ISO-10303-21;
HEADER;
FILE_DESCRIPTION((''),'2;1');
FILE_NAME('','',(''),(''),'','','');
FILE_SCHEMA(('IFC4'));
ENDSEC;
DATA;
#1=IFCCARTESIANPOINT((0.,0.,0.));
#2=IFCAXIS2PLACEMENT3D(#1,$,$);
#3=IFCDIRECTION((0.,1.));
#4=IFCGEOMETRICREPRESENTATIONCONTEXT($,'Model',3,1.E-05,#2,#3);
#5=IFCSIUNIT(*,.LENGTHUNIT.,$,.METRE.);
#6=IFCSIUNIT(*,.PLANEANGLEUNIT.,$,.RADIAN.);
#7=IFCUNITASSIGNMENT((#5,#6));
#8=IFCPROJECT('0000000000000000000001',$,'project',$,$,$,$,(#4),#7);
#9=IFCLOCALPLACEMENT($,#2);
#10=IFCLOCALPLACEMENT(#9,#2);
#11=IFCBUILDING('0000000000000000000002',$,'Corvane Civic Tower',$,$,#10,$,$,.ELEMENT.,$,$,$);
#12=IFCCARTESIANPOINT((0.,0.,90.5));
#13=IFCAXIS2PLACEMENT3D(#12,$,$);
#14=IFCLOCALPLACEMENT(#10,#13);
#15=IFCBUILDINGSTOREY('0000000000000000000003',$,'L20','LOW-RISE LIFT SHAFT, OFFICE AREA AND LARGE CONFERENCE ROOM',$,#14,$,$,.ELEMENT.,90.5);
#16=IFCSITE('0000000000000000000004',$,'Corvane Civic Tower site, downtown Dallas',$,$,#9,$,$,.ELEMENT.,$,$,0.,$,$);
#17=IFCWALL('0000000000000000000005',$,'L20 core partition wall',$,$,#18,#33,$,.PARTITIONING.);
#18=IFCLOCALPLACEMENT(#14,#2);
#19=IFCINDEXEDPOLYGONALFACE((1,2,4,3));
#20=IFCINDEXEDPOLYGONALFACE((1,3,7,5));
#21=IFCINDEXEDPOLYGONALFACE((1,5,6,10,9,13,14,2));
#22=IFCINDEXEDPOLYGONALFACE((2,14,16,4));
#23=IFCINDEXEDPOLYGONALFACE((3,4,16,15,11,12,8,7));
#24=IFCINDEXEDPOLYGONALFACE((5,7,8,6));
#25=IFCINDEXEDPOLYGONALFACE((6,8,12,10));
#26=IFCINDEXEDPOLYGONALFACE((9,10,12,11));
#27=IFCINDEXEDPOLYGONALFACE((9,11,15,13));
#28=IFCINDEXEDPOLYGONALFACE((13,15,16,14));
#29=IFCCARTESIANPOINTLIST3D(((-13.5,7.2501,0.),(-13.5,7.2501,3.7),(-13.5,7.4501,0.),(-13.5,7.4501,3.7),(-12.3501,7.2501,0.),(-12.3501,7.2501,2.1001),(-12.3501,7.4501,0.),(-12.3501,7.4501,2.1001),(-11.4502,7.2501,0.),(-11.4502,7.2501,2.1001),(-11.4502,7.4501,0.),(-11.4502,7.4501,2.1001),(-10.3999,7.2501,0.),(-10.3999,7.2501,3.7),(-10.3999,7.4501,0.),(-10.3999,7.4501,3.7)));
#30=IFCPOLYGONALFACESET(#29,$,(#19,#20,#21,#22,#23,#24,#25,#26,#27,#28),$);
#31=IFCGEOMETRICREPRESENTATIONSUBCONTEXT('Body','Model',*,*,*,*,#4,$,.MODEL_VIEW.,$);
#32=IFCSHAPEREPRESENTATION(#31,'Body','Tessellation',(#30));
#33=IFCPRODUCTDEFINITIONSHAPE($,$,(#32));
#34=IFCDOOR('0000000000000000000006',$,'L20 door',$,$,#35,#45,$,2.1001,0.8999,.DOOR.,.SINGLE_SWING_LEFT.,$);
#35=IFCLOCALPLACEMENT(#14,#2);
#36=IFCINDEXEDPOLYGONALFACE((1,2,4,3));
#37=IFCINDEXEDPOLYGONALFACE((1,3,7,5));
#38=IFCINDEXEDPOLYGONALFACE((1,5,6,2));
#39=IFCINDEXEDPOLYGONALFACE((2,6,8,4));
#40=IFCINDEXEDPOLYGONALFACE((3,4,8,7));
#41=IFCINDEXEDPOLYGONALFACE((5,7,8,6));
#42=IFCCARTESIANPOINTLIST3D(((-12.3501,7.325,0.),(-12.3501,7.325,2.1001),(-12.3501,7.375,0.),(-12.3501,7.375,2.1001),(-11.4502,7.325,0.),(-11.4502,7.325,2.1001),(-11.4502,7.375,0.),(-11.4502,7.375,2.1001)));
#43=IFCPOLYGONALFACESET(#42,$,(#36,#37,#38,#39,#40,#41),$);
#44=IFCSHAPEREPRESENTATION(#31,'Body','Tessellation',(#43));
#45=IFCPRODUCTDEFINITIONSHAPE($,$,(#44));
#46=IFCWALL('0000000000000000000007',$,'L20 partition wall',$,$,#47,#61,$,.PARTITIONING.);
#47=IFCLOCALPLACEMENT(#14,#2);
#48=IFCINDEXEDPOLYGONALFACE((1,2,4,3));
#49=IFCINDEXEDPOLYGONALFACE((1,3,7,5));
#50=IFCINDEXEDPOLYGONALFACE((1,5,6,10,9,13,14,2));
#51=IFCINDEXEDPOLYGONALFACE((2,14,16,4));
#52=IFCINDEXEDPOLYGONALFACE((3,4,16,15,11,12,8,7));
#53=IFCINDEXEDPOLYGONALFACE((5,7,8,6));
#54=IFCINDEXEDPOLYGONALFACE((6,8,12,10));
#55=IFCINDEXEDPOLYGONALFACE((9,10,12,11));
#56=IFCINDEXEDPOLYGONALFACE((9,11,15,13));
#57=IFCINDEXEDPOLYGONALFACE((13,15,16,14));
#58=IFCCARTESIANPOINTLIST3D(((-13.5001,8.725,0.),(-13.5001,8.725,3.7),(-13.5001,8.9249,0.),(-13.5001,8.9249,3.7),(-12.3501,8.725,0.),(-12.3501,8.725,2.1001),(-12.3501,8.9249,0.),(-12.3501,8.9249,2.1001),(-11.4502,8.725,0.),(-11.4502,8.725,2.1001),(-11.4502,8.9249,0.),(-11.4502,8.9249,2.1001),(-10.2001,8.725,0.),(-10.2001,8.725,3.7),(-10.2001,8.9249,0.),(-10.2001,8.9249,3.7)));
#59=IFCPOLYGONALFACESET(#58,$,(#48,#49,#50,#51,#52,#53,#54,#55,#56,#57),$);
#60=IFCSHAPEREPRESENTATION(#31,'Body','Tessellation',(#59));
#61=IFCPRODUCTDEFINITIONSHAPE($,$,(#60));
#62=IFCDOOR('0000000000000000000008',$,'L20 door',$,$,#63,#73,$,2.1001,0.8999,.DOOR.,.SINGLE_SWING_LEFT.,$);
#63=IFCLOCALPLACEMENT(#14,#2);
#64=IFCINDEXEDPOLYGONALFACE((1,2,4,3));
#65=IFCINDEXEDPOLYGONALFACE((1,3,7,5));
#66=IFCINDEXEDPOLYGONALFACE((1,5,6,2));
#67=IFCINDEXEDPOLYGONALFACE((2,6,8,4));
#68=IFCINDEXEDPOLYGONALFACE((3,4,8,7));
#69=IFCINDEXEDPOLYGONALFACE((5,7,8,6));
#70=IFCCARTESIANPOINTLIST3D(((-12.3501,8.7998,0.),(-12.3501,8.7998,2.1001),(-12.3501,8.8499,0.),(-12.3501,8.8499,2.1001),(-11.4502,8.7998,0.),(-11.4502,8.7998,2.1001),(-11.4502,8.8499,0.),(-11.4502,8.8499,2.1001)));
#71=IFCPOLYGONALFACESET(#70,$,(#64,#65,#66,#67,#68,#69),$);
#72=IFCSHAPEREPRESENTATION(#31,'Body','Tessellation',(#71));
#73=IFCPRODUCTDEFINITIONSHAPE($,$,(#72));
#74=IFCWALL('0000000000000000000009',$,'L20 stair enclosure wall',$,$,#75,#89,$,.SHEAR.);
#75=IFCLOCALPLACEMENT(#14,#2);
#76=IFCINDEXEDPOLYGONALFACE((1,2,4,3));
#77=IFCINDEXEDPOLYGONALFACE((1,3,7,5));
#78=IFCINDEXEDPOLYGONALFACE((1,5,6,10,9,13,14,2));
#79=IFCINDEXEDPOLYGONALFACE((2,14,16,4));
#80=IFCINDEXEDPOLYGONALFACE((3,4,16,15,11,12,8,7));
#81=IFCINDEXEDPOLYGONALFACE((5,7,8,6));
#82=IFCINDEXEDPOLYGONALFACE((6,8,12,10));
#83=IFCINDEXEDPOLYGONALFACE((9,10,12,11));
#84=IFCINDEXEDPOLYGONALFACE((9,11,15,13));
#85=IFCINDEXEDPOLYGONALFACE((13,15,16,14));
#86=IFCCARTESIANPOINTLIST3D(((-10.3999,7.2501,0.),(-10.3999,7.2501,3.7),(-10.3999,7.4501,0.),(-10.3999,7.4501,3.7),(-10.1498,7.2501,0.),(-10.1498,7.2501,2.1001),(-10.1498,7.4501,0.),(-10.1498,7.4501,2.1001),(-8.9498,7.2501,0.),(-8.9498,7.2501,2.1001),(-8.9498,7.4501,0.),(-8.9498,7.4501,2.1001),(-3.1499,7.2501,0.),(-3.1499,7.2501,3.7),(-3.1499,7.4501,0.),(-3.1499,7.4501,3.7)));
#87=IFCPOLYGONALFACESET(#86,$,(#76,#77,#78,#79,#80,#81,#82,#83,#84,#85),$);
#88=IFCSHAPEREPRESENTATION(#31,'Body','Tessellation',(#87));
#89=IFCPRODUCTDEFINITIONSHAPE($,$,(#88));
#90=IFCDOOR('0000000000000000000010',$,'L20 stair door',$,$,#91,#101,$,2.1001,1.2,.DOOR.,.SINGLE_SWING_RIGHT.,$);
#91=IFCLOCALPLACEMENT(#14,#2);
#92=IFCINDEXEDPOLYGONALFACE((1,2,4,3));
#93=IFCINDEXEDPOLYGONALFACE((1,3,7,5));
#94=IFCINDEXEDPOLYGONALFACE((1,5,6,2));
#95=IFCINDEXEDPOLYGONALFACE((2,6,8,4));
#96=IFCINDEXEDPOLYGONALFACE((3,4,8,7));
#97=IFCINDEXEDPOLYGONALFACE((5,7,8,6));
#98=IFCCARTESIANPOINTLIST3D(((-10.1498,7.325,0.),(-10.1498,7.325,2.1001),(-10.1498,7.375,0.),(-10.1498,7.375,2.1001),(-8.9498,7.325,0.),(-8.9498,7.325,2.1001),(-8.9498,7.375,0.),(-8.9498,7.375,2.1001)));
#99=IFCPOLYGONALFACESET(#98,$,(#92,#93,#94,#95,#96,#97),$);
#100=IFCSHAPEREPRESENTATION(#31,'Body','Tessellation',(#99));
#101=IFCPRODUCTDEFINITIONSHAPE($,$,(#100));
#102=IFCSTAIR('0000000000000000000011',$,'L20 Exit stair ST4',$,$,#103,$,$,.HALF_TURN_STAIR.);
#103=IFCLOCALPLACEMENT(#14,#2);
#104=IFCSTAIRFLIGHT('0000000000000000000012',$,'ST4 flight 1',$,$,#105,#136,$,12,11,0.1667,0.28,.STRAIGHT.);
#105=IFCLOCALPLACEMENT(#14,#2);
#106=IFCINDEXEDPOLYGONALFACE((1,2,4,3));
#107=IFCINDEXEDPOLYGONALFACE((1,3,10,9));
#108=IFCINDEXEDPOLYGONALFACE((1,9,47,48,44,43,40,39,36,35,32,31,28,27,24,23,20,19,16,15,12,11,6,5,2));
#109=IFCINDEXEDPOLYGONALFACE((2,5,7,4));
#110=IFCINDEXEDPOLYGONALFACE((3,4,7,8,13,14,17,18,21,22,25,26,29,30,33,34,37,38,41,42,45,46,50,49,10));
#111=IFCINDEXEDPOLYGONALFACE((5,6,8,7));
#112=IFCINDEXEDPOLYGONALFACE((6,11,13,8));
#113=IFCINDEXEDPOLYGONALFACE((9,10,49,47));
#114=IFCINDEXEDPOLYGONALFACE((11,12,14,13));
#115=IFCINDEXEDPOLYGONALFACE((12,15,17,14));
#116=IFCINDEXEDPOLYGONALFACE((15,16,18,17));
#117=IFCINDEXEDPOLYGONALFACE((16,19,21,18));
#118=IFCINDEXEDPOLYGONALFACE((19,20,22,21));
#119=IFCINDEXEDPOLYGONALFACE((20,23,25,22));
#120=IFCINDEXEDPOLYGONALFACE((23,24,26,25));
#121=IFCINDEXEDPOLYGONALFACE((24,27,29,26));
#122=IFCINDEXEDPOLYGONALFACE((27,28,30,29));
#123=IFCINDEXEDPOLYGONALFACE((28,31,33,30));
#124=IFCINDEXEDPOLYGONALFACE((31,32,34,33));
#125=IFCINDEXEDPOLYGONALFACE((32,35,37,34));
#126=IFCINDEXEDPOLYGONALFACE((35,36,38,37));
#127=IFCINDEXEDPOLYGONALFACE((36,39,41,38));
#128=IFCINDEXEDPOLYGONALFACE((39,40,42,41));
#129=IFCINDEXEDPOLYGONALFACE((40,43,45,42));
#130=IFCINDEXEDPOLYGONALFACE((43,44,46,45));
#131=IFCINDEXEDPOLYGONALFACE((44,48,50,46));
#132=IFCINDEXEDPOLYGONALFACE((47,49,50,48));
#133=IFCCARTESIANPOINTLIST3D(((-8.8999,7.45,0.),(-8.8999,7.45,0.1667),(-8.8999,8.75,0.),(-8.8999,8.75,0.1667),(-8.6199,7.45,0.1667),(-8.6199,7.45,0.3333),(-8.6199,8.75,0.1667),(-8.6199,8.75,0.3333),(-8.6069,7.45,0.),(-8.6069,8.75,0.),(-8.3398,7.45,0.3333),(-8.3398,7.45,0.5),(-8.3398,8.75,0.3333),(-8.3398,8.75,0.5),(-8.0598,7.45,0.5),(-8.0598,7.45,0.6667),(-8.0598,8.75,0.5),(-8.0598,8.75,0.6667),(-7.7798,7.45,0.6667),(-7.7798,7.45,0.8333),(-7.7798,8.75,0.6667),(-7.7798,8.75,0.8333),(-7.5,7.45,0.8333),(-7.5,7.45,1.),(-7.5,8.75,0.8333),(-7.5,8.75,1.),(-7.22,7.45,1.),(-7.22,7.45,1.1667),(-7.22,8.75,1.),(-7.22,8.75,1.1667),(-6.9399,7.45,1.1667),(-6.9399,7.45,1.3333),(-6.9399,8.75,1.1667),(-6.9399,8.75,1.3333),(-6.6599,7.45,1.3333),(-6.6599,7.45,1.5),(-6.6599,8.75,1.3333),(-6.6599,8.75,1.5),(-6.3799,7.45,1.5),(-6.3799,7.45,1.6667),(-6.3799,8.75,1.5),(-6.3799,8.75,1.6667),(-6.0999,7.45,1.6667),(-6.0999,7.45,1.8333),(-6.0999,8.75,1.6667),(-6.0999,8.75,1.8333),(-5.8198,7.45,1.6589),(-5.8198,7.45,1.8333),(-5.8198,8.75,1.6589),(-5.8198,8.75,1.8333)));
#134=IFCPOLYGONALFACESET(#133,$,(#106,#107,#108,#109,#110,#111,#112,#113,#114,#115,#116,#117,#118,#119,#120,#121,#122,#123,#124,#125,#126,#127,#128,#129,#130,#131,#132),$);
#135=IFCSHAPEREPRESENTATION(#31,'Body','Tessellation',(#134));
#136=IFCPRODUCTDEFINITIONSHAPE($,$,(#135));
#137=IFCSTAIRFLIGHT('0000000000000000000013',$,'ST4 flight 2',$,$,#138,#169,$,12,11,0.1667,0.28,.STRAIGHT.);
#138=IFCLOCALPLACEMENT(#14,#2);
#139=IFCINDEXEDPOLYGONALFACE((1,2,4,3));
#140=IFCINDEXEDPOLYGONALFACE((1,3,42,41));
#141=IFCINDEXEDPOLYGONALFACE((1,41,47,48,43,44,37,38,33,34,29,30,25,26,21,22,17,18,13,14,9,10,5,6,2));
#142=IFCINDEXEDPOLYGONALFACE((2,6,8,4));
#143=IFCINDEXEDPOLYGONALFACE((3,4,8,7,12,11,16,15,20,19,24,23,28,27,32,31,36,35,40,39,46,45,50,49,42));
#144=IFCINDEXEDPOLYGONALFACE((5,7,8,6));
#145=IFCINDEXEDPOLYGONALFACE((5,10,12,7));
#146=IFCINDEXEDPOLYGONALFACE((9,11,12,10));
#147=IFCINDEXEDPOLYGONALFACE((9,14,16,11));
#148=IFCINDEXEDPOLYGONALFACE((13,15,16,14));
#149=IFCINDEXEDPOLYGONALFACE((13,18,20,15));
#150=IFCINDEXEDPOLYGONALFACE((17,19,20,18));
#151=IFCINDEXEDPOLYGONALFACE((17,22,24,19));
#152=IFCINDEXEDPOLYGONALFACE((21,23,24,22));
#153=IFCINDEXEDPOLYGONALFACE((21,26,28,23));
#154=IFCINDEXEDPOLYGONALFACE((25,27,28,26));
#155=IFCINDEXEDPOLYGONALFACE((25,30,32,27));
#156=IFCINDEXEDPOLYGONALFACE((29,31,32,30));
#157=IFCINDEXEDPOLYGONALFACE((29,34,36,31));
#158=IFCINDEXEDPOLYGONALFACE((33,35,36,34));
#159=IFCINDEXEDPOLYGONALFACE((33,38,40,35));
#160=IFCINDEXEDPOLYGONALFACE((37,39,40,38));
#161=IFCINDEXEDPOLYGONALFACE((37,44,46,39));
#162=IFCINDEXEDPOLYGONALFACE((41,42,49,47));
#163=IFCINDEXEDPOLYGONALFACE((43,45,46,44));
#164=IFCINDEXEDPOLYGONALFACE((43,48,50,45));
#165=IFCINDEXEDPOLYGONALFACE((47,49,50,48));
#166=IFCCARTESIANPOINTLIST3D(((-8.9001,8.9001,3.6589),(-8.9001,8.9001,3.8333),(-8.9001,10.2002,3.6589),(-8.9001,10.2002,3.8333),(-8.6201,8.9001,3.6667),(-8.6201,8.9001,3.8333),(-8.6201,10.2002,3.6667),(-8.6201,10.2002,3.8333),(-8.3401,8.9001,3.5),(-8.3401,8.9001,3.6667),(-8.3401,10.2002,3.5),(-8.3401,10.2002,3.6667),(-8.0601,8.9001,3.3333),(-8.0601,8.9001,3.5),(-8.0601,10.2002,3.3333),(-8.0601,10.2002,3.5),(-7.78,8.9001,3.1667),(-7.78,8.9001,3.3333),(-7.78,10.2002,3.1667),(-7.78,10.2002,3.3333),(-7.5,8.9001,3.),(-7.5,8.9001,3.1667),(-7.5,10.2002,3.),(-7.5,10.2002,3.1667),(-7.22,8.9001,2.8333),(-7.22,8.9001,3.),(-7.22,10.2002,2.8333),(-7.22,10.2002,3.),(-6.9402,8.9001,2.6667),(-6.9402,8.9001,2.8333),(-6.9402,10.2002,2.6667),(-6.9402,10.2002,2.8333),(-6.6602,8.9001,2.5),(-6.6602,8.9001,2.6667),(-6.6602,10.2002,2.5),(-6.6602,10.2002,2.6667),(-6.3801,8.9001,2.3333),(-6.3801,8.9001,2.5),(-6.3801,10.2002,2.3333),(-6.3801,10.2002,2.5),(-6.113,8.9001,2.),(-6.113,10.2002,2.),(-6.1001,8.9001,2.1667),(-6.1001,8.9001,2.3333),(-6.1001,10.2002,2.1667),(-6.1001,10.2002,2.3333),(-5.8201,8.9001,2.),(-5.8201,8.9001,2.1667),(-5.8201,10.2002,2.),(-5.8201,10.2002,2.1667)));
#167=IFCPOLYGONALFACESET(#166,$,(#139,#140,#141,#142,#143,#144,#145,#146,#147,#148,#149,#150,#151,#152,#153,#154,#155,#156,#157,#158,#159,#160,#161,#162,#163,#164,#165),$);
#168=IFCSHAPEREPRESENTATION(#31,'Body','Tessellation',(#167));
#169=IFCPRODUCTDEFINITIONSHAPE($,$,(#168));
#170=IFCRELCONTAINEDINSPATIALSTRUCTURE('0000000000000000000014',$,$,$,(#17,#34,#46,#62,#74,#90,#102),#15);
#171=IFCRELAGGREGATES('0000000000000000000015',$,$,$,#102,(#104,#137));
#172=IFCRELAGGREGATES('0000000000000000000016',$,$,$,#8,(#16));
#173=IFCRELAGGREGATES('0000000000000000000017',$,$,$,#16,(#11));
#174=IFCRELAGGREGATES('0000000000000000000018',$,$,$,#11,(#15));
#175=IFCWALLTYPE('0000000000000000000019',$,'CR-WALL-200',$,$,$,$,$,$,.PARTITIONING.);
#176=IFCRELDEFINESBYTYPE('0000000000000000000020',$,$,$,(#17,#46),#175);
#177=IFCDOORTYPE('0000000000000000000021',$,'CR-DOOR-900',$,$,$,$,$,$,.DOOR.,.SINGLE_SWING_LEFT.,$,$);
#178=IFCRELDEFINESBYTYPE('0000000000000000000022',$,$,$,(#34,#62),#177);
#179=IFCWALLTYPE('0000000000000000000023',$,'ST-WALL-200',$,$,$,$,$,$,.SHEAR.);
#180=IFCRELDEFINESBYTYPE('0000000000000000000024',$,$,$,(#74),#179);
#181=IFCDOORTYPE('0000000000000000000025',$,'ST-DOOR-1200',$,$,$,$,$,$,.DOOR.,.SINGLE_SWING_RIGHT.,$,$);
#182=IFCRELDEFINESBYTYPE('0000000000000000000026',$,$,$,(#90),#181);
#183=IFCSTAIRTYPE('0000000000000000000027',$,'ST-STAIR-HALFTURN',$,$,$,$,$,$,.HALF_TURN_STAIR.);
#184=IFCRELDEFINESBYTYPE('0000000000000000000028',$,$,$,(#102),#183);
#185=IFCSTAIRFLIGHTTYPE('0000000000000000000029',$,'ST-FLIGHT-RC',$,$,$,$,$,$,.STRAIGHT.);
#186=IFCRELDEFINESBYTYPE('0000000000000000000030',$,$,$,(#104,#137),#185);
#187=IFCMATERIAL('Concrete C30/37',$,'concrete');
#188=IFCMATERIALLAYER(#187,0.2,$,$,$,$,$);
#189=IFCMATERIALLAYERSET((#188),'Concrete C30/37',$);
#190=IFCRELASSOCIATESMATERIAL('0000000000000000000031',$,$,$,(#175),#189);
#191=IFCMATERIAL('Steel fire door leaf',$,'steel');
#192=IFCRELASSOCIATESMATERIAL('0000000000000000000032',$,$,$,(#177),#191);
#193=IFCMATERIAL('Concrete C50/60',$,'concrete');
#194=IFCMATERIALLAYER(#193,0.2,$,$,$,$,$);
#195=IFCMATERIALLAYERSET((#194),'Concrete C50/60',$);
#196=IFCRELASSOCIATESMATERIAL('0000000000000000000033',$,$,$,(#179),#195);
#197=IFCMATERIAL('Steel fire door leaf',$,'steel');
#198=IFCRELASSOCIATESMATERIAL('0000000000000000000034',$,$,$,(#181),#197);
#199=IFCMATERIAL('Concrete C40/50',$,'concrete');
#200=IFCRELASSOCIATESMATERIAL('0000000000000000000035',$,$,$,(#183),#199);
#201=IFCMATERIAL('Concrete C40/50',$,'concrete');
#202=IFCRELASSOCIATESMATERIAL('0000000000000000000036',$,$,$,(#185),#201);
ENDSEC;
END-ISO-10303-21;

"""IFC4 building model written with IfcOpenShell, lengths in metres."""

from ifc_helpers import new_model, si_unit, direction, frame, frame_2d, origin, place, context, subcontext, project, spatial, polyline, rectangle, outline, extrude, material, layer, layer_set, type_object, element, fill, aggregate, save


model = new_model("IFC4")

# Units and contexts
model_context = context("Model", 3, precision=1e-05, world=origin(), true_north=direction((0.0, 1.0)))
body_context = subcontext(model_context, "Body", "Model", "MODEL_VIEW")
ifc_project = project(units=[si_unit("LENGTHUNIT", "METRE"), si_unit("PLANEANGLEUNIT", "RADIAN")], contexts=[model_context])

# Site, building, storey
site_placement = place(None, origin())
site = spatial("IfcSite", under=ifc_project, at=site_placement, Name="Corvane Civic Tower site, downtown Dallas", CompositionType="ELEMENT", RefElevation=0.0)
building_placement = place(site_placement, origin())
building = spatial("IfcBuilding", under=site, at=building_placement, Name="Corvane Civic Tower", CompositionType="ELEMENT")
storey_placement = place(building_placement, frame((0.0, 0.0, 90.5)))
storey = spatial("IfcBuildingStorey", under=building, at=storey_placement, Name="L20", Description="LOW-RISE LIFT SHAFT, OFFICE AREA AND LARGE CONFERENCE ROOM", CompositionType="ELEMENT", Elevation=90.5)

# Shared definitions
ifc_material_1 = material(Name="Concrete C30/37", Category="concrete")
ifc_layer_1 = layer(ifc_material_1, 0.2)
ifc_layer_set_1 = layer_set([ifc_layer_1], Name="Concrete C30/37")
wall_type_1 = type_object("IfcWallType", Name="CR-WALL-200", PredefinedType="PARTITIONING", material=ifc_layer_set_1)

# Walls, openings, doors
wall_1_placement = place(storey_placement, frame((-13.5, 7.3501, 0.0), z_axis=(0.0, 0.0, 1.0), x_axis=(1.0, 0.0, 0.0)))
wall_1 = element("IfcWall", 1, at=wall_1_placement, inside=storey, type_object=wall_type_1, Name="L20 core partition wall", PredefinedType="PARTITIONING", context=body_context, shape_type="SweptSolid", body=[
    extrude(rectangle(XDim=3.1001, YDim=0.2, at=frame_2d((1.55, 0.0))), origin(), (0.0, 0.0, 1.0), 3.7),
])
opening_1_placement = place(wall_1_placement, frame((1.1499, 0.0, 0.0)))
opening_1 = element("IfcOpeningElement", 2, at=opening_1_placement, cuts=wall_1, PredefinedType="OPENING", context=body_context, shape_type="SweptSolid", body=[
    extrude(rectangle(XDim=0.8999, YDim=2.1001, at=frame_2d((0.45, 1.05))), frame((0.0, 0.1099, 0.0), z_axis=(0.0, -1.0, 0.0), x_axis=(1.0, 0.0, 0.0)), (0.0, 0.0, 1.0), 0.22),
])
ifc_material_2 = material(Name="Steel fire door leaf", Category="steel")
door_type_1 = type_object("IfcDoorType", Name="CR-DOOR-900", OperationType="SINGLE_SWING_LEFT", PredefinedType="DOOR", material=ifc_material_2)
door_1_placement = place(opening_1_placement, origin())
door_1 = element("IfcDoor", 3, at=door_1_placement, inside=storey, type_object=door_type_1, Name="L20 door", OperationType="SINGLE_SWING_LEFT", OverallHeight=2.1001, OverallWidth=0.8999, PredefinedType="DOOR", context=body_context, shape_type="SweptSolid", body=[
    extrude(rectangle(XDim=0.8999, YDim=2.1001, at=frame_2d((0.45, 1.05))), frame((0.0, 0.0249, 0.0), z_axis=(0.0, -1.0, 0.0), x_axis=(1.0, 0.0, 0.0)), (0.0, 0.0, 1.0), 0.05),
])
fill(opening_1, door_1)
wall_2_placement = place(storey_placement, frame((-13.5, 8.825, 0.0), z_axis=(0.0, 0.0, 1.0), x_axis=(1.0, 0.0, 0.0)))
wall_2 = element("IfcWall", 4, at=wall_2_placement, inside=storey, type_object=wall_type_1, Name="L20 partition wall", PredefinedType="PARTITIONING", context=body_context, shape_type="SweptSolid", body=[
    extrude(rectangle(XDim=3.3, YDim=0.2, at=frame_2d((1.6499, 0.0))), origin(), (0.0, 0.0, 1.0), 3.7),
])
opening_2_placement = place(wall_2_placement, frame((1.1499, 0.0, 0.0)))
opening_2 = element("IfcOpeningElement", 5, at=opening_2_placement, cuts=wall_2, PredefinedType="OPENING", context=body_context, shape_type="SweptSolid", body=[
    extrude(rectangle(XDim=0.8999, YDim=2.1001, at=frame_2d((0.45, 1.05))), frame((0.0, 0.1099, 0.0), z_axis=(0.0, -1.0, 0.0), x_axis=(1.0, 0.0, 0.0)), (0.0, 0.0, 1.0), 0.22),
])
door_2_placement = place(opening_2_placement, origin())
door_2 = element("IfcDoor", 6, at=door_2_placement, inside=storey, type_object=door_type_1, Name="L20 door", OperationType="SINGLE_SWING_LEFT", OverallHeight=2.1001, OverallWidth=0.8999, PredefinedType="DOOR", context=body_context, shape_type="SweptSolid", body=[
    extrude(rectangle(XDim=0.8999, YDim=2.1001, at=frame_2d((0.45, 1.05))), frame((0.0, 0.0249, 0.0), z_axis=(0.0, -1.0, 0.0), x_axis=(1.0, 0.0, 0.0)), (0.0, 0.0, 1.0), 0.05),
])
fill(opening_2, door_2)
ifc_material_3 = material(Name="Concrete C50/60", Category="concrete")
ifc_layer_2 = layer(ifc_material_3, 0.2)
ifc_layer_set_2 = layer_set([ifc_layer_2], Name="Concrete C50/60")
wall_type_2 = type_object("IfcWallType", Name="ST-WALL-200", PredefinedType="SHEAR", material=ifc_layer_set_2)
wall_3_placement = place(storey_placement, frame((-10.3999, 7.3501, 0.0), z_axis=(0.0, 0.0, 1.0), x_axis=(1.0, 0.0, 0.0)))
wall_3 = element("IfcWall", 7, at=wall_3_placement, inside=storey, type_object=wall_type_2, Name="L20 stair enclosure wall", PredefinedType="SHEAR", context=body_context, shape_type="SweptSolid", body=[
    extrude(rectangle(XDim=7.25, YDim=0.2, at=frame_2d((3.625, 0.0))), origin(), (0.0, 0.0, 1.0), 3.7),
])
opening_3_placement = place(wall_3_placement, frame((0.25, 0.0, 0.0)))
opening_3 = element("IfcOpeningElement", 8, at=opening_3_placement, cuts=wall_3, PredefinedType="OPENING", context=body_context, shape_type="SweptSolid", body=[
    extrude(rectangle(XDim=1.2, YDim=2.1001, at=frame_2d((0.6001, 1.05))), frame((0.0, 0.1099, 0.0), z_axis=(0.0, -1.0, 0.0), x_axis=(1.0, 0.0, 0.0)), (0.0, 0.0, 1.0), 0.22),
])
ifc_material_4 = material(Name="Steel fire door leaf", Category="steel")
door_type_2 = type_object("IfcDoorType", Name="ST-DOOR-1200", OperationType="SINGLE_SWING_RIGHT", PredefinedType="DOOR", material=ifc_material_4)
door_3_placement = place(opening_3_placement, origin())
door_3 = element("IfcDoor", 9, at=door_3_placement, inside=storey, type_object=door_type_2, Name="L20 stair door", OperationType="SINGLE_SWING_RIGHT", OverallHeight=2.1001, OverallWidth=1.2, PredefinedType="DOOR", context=body_context, shape_type="SweptSolid", body=[
    extrude(rectangle(XDim=1.2, YDim=2.1001, at=frame_2d((0.6001, 1.05))), frame((0.0, 0.0249, 0.0), z_axis=(0.0, -1.0, 0.0), x_axis=(1.0, 0.0, 0.0)), (0.0, 0.0, 1.0), 0.05),
])
fill(opening_3, door_3)

# Stair, stair flights
ifc_material_5 = material(Name="Concrete C40/50", Category="concrete")
stair_type = type_object("IfcStairType", Name="ST-STAIR-HALFTURN", PredefinedType="HALF_TURN_STAIR", material=ifc_material_5)
stair_placement = place(storey_placement, origin())
stair = element("IfcStair", 10, at=stair_placement, inside=storey, type_object=stair_type, Name="L20 Exit stair ST4", PredefinedType="HALF_TURN_STAIR")
ifc_material_6 = material(Name="Concrete C40/50", Category="concrete")
stair_flight_type = type_object("IfcStairFlightType", Name="ST-FLIGHT-RC", PredefinedType="STRAIGHT", material=ifc_material_6)
stair_flight_1_placement = place(storey_placement, frame((-8.8999, 8.1001, 0.0), z_axis=(0.0, 0.0, 1.0), x_axis=(1.0, 0.0, 0.0)))
stair_flight_1 = element("IfcStairFlight", 11, at=stair_flight_1_placement, type_object=stair_flight_type, Name="ST4 flight 1", NumberOfRisers=12, NumberOfTreads=11, PredefinedType="STRAIGHT", RiserHeight=0.1667, TreadLength=0.28, context=body_context, shape_type="SweptSolid", body=[
    extrude(outline(polyline([(0.0, 0.0), (0.0, 0.1667), (0.28, 0.1667), (0.28, 0.3333), (0.5601, 0.3333), (0.5601, 0.5), (0.8401, 0.5), (0.8401, 0.6667), (1.1201, 0.6667), (1.1201, 0.8333), (1.3999, 0.8333), (1.3999, 1.0), (1.6799, 1.0), (1.6799, 1.1667), (1.96, 1.1667), (1.96, 1.3333), (2.24, 1.3333), (2.24, 1.5), (2.52, 1.5), (2.52, 1.6667), (2.8, 1.6667), (2.8, 1.8333), (3.0801, 1.8333), (3.0801, 2.0), (3.0801, 1.6589), (0.293, 0.0), (0.0, 0.0)])), frame((0.0, 0.6499, 0.0), z_axis=(0.0, -1.0, 0.0), x_axis=(1.0, 0.0, 0.0)), (0.0, 0.0, 1.0), 1.3),
])
stair_flight_2_placement = place(storey_placement, frame((-5.8201, 9.55, 2.0), z_axis=(0.0, 0.0, 1.0), x_axis=(-1.0, 0.0, 0.0)))
stair_flight_2 = element("IfcStairFlight", 12, at=stair_flight_2_placement, type_object=stair_flight_type, Name="ST4 flight 2", NumberOfRisers=12, NumberOfTreads=11, PredefinedType="STRAIGHT", RiserHeight=0.1667, TreadLength=0.28, context=body_context, shape_type="SweptSolid", body=[
    extrude(outline(polyline([(0.0, 0.0), (0.0, 0.1667), (0.28, 0.1667), (0.28, 0.3333), (0.5601, 0.3333), (0.5601, 0.5), (0.8401, 0.5), (0.8401, 0.6667), (1.1201, 0.6667), (1.1201, 0.8333), (1.3999, 0.8333), (1.3999, 1.0), (1.6799, 1.0), (1.6799, 1.1667), (1.96, 1.1667), (1.96, 1.3333), (2.24, 1.3333), (2.24, 1.5), (2.52, 1.5), (2.52, 1.6667), (2.8, 1.6667), (2.8, 1.8333), (3.0801, 1.8333), (3.0801, 2.0), (3.0801, 1.6589), (0.293, 0.0), (0.0, 0.0)])), frame((0.0, 0.6499, 0.0), z_axis=(0.0, -1.0, 0.0), x_axis=(1.0, 0.0, 0.0)), (0.0, 0.0, 1.0), 1.3),
])
aggregate(stair, [stair_flight_1, stair_flight_2])

save(model, "model.ifc")
